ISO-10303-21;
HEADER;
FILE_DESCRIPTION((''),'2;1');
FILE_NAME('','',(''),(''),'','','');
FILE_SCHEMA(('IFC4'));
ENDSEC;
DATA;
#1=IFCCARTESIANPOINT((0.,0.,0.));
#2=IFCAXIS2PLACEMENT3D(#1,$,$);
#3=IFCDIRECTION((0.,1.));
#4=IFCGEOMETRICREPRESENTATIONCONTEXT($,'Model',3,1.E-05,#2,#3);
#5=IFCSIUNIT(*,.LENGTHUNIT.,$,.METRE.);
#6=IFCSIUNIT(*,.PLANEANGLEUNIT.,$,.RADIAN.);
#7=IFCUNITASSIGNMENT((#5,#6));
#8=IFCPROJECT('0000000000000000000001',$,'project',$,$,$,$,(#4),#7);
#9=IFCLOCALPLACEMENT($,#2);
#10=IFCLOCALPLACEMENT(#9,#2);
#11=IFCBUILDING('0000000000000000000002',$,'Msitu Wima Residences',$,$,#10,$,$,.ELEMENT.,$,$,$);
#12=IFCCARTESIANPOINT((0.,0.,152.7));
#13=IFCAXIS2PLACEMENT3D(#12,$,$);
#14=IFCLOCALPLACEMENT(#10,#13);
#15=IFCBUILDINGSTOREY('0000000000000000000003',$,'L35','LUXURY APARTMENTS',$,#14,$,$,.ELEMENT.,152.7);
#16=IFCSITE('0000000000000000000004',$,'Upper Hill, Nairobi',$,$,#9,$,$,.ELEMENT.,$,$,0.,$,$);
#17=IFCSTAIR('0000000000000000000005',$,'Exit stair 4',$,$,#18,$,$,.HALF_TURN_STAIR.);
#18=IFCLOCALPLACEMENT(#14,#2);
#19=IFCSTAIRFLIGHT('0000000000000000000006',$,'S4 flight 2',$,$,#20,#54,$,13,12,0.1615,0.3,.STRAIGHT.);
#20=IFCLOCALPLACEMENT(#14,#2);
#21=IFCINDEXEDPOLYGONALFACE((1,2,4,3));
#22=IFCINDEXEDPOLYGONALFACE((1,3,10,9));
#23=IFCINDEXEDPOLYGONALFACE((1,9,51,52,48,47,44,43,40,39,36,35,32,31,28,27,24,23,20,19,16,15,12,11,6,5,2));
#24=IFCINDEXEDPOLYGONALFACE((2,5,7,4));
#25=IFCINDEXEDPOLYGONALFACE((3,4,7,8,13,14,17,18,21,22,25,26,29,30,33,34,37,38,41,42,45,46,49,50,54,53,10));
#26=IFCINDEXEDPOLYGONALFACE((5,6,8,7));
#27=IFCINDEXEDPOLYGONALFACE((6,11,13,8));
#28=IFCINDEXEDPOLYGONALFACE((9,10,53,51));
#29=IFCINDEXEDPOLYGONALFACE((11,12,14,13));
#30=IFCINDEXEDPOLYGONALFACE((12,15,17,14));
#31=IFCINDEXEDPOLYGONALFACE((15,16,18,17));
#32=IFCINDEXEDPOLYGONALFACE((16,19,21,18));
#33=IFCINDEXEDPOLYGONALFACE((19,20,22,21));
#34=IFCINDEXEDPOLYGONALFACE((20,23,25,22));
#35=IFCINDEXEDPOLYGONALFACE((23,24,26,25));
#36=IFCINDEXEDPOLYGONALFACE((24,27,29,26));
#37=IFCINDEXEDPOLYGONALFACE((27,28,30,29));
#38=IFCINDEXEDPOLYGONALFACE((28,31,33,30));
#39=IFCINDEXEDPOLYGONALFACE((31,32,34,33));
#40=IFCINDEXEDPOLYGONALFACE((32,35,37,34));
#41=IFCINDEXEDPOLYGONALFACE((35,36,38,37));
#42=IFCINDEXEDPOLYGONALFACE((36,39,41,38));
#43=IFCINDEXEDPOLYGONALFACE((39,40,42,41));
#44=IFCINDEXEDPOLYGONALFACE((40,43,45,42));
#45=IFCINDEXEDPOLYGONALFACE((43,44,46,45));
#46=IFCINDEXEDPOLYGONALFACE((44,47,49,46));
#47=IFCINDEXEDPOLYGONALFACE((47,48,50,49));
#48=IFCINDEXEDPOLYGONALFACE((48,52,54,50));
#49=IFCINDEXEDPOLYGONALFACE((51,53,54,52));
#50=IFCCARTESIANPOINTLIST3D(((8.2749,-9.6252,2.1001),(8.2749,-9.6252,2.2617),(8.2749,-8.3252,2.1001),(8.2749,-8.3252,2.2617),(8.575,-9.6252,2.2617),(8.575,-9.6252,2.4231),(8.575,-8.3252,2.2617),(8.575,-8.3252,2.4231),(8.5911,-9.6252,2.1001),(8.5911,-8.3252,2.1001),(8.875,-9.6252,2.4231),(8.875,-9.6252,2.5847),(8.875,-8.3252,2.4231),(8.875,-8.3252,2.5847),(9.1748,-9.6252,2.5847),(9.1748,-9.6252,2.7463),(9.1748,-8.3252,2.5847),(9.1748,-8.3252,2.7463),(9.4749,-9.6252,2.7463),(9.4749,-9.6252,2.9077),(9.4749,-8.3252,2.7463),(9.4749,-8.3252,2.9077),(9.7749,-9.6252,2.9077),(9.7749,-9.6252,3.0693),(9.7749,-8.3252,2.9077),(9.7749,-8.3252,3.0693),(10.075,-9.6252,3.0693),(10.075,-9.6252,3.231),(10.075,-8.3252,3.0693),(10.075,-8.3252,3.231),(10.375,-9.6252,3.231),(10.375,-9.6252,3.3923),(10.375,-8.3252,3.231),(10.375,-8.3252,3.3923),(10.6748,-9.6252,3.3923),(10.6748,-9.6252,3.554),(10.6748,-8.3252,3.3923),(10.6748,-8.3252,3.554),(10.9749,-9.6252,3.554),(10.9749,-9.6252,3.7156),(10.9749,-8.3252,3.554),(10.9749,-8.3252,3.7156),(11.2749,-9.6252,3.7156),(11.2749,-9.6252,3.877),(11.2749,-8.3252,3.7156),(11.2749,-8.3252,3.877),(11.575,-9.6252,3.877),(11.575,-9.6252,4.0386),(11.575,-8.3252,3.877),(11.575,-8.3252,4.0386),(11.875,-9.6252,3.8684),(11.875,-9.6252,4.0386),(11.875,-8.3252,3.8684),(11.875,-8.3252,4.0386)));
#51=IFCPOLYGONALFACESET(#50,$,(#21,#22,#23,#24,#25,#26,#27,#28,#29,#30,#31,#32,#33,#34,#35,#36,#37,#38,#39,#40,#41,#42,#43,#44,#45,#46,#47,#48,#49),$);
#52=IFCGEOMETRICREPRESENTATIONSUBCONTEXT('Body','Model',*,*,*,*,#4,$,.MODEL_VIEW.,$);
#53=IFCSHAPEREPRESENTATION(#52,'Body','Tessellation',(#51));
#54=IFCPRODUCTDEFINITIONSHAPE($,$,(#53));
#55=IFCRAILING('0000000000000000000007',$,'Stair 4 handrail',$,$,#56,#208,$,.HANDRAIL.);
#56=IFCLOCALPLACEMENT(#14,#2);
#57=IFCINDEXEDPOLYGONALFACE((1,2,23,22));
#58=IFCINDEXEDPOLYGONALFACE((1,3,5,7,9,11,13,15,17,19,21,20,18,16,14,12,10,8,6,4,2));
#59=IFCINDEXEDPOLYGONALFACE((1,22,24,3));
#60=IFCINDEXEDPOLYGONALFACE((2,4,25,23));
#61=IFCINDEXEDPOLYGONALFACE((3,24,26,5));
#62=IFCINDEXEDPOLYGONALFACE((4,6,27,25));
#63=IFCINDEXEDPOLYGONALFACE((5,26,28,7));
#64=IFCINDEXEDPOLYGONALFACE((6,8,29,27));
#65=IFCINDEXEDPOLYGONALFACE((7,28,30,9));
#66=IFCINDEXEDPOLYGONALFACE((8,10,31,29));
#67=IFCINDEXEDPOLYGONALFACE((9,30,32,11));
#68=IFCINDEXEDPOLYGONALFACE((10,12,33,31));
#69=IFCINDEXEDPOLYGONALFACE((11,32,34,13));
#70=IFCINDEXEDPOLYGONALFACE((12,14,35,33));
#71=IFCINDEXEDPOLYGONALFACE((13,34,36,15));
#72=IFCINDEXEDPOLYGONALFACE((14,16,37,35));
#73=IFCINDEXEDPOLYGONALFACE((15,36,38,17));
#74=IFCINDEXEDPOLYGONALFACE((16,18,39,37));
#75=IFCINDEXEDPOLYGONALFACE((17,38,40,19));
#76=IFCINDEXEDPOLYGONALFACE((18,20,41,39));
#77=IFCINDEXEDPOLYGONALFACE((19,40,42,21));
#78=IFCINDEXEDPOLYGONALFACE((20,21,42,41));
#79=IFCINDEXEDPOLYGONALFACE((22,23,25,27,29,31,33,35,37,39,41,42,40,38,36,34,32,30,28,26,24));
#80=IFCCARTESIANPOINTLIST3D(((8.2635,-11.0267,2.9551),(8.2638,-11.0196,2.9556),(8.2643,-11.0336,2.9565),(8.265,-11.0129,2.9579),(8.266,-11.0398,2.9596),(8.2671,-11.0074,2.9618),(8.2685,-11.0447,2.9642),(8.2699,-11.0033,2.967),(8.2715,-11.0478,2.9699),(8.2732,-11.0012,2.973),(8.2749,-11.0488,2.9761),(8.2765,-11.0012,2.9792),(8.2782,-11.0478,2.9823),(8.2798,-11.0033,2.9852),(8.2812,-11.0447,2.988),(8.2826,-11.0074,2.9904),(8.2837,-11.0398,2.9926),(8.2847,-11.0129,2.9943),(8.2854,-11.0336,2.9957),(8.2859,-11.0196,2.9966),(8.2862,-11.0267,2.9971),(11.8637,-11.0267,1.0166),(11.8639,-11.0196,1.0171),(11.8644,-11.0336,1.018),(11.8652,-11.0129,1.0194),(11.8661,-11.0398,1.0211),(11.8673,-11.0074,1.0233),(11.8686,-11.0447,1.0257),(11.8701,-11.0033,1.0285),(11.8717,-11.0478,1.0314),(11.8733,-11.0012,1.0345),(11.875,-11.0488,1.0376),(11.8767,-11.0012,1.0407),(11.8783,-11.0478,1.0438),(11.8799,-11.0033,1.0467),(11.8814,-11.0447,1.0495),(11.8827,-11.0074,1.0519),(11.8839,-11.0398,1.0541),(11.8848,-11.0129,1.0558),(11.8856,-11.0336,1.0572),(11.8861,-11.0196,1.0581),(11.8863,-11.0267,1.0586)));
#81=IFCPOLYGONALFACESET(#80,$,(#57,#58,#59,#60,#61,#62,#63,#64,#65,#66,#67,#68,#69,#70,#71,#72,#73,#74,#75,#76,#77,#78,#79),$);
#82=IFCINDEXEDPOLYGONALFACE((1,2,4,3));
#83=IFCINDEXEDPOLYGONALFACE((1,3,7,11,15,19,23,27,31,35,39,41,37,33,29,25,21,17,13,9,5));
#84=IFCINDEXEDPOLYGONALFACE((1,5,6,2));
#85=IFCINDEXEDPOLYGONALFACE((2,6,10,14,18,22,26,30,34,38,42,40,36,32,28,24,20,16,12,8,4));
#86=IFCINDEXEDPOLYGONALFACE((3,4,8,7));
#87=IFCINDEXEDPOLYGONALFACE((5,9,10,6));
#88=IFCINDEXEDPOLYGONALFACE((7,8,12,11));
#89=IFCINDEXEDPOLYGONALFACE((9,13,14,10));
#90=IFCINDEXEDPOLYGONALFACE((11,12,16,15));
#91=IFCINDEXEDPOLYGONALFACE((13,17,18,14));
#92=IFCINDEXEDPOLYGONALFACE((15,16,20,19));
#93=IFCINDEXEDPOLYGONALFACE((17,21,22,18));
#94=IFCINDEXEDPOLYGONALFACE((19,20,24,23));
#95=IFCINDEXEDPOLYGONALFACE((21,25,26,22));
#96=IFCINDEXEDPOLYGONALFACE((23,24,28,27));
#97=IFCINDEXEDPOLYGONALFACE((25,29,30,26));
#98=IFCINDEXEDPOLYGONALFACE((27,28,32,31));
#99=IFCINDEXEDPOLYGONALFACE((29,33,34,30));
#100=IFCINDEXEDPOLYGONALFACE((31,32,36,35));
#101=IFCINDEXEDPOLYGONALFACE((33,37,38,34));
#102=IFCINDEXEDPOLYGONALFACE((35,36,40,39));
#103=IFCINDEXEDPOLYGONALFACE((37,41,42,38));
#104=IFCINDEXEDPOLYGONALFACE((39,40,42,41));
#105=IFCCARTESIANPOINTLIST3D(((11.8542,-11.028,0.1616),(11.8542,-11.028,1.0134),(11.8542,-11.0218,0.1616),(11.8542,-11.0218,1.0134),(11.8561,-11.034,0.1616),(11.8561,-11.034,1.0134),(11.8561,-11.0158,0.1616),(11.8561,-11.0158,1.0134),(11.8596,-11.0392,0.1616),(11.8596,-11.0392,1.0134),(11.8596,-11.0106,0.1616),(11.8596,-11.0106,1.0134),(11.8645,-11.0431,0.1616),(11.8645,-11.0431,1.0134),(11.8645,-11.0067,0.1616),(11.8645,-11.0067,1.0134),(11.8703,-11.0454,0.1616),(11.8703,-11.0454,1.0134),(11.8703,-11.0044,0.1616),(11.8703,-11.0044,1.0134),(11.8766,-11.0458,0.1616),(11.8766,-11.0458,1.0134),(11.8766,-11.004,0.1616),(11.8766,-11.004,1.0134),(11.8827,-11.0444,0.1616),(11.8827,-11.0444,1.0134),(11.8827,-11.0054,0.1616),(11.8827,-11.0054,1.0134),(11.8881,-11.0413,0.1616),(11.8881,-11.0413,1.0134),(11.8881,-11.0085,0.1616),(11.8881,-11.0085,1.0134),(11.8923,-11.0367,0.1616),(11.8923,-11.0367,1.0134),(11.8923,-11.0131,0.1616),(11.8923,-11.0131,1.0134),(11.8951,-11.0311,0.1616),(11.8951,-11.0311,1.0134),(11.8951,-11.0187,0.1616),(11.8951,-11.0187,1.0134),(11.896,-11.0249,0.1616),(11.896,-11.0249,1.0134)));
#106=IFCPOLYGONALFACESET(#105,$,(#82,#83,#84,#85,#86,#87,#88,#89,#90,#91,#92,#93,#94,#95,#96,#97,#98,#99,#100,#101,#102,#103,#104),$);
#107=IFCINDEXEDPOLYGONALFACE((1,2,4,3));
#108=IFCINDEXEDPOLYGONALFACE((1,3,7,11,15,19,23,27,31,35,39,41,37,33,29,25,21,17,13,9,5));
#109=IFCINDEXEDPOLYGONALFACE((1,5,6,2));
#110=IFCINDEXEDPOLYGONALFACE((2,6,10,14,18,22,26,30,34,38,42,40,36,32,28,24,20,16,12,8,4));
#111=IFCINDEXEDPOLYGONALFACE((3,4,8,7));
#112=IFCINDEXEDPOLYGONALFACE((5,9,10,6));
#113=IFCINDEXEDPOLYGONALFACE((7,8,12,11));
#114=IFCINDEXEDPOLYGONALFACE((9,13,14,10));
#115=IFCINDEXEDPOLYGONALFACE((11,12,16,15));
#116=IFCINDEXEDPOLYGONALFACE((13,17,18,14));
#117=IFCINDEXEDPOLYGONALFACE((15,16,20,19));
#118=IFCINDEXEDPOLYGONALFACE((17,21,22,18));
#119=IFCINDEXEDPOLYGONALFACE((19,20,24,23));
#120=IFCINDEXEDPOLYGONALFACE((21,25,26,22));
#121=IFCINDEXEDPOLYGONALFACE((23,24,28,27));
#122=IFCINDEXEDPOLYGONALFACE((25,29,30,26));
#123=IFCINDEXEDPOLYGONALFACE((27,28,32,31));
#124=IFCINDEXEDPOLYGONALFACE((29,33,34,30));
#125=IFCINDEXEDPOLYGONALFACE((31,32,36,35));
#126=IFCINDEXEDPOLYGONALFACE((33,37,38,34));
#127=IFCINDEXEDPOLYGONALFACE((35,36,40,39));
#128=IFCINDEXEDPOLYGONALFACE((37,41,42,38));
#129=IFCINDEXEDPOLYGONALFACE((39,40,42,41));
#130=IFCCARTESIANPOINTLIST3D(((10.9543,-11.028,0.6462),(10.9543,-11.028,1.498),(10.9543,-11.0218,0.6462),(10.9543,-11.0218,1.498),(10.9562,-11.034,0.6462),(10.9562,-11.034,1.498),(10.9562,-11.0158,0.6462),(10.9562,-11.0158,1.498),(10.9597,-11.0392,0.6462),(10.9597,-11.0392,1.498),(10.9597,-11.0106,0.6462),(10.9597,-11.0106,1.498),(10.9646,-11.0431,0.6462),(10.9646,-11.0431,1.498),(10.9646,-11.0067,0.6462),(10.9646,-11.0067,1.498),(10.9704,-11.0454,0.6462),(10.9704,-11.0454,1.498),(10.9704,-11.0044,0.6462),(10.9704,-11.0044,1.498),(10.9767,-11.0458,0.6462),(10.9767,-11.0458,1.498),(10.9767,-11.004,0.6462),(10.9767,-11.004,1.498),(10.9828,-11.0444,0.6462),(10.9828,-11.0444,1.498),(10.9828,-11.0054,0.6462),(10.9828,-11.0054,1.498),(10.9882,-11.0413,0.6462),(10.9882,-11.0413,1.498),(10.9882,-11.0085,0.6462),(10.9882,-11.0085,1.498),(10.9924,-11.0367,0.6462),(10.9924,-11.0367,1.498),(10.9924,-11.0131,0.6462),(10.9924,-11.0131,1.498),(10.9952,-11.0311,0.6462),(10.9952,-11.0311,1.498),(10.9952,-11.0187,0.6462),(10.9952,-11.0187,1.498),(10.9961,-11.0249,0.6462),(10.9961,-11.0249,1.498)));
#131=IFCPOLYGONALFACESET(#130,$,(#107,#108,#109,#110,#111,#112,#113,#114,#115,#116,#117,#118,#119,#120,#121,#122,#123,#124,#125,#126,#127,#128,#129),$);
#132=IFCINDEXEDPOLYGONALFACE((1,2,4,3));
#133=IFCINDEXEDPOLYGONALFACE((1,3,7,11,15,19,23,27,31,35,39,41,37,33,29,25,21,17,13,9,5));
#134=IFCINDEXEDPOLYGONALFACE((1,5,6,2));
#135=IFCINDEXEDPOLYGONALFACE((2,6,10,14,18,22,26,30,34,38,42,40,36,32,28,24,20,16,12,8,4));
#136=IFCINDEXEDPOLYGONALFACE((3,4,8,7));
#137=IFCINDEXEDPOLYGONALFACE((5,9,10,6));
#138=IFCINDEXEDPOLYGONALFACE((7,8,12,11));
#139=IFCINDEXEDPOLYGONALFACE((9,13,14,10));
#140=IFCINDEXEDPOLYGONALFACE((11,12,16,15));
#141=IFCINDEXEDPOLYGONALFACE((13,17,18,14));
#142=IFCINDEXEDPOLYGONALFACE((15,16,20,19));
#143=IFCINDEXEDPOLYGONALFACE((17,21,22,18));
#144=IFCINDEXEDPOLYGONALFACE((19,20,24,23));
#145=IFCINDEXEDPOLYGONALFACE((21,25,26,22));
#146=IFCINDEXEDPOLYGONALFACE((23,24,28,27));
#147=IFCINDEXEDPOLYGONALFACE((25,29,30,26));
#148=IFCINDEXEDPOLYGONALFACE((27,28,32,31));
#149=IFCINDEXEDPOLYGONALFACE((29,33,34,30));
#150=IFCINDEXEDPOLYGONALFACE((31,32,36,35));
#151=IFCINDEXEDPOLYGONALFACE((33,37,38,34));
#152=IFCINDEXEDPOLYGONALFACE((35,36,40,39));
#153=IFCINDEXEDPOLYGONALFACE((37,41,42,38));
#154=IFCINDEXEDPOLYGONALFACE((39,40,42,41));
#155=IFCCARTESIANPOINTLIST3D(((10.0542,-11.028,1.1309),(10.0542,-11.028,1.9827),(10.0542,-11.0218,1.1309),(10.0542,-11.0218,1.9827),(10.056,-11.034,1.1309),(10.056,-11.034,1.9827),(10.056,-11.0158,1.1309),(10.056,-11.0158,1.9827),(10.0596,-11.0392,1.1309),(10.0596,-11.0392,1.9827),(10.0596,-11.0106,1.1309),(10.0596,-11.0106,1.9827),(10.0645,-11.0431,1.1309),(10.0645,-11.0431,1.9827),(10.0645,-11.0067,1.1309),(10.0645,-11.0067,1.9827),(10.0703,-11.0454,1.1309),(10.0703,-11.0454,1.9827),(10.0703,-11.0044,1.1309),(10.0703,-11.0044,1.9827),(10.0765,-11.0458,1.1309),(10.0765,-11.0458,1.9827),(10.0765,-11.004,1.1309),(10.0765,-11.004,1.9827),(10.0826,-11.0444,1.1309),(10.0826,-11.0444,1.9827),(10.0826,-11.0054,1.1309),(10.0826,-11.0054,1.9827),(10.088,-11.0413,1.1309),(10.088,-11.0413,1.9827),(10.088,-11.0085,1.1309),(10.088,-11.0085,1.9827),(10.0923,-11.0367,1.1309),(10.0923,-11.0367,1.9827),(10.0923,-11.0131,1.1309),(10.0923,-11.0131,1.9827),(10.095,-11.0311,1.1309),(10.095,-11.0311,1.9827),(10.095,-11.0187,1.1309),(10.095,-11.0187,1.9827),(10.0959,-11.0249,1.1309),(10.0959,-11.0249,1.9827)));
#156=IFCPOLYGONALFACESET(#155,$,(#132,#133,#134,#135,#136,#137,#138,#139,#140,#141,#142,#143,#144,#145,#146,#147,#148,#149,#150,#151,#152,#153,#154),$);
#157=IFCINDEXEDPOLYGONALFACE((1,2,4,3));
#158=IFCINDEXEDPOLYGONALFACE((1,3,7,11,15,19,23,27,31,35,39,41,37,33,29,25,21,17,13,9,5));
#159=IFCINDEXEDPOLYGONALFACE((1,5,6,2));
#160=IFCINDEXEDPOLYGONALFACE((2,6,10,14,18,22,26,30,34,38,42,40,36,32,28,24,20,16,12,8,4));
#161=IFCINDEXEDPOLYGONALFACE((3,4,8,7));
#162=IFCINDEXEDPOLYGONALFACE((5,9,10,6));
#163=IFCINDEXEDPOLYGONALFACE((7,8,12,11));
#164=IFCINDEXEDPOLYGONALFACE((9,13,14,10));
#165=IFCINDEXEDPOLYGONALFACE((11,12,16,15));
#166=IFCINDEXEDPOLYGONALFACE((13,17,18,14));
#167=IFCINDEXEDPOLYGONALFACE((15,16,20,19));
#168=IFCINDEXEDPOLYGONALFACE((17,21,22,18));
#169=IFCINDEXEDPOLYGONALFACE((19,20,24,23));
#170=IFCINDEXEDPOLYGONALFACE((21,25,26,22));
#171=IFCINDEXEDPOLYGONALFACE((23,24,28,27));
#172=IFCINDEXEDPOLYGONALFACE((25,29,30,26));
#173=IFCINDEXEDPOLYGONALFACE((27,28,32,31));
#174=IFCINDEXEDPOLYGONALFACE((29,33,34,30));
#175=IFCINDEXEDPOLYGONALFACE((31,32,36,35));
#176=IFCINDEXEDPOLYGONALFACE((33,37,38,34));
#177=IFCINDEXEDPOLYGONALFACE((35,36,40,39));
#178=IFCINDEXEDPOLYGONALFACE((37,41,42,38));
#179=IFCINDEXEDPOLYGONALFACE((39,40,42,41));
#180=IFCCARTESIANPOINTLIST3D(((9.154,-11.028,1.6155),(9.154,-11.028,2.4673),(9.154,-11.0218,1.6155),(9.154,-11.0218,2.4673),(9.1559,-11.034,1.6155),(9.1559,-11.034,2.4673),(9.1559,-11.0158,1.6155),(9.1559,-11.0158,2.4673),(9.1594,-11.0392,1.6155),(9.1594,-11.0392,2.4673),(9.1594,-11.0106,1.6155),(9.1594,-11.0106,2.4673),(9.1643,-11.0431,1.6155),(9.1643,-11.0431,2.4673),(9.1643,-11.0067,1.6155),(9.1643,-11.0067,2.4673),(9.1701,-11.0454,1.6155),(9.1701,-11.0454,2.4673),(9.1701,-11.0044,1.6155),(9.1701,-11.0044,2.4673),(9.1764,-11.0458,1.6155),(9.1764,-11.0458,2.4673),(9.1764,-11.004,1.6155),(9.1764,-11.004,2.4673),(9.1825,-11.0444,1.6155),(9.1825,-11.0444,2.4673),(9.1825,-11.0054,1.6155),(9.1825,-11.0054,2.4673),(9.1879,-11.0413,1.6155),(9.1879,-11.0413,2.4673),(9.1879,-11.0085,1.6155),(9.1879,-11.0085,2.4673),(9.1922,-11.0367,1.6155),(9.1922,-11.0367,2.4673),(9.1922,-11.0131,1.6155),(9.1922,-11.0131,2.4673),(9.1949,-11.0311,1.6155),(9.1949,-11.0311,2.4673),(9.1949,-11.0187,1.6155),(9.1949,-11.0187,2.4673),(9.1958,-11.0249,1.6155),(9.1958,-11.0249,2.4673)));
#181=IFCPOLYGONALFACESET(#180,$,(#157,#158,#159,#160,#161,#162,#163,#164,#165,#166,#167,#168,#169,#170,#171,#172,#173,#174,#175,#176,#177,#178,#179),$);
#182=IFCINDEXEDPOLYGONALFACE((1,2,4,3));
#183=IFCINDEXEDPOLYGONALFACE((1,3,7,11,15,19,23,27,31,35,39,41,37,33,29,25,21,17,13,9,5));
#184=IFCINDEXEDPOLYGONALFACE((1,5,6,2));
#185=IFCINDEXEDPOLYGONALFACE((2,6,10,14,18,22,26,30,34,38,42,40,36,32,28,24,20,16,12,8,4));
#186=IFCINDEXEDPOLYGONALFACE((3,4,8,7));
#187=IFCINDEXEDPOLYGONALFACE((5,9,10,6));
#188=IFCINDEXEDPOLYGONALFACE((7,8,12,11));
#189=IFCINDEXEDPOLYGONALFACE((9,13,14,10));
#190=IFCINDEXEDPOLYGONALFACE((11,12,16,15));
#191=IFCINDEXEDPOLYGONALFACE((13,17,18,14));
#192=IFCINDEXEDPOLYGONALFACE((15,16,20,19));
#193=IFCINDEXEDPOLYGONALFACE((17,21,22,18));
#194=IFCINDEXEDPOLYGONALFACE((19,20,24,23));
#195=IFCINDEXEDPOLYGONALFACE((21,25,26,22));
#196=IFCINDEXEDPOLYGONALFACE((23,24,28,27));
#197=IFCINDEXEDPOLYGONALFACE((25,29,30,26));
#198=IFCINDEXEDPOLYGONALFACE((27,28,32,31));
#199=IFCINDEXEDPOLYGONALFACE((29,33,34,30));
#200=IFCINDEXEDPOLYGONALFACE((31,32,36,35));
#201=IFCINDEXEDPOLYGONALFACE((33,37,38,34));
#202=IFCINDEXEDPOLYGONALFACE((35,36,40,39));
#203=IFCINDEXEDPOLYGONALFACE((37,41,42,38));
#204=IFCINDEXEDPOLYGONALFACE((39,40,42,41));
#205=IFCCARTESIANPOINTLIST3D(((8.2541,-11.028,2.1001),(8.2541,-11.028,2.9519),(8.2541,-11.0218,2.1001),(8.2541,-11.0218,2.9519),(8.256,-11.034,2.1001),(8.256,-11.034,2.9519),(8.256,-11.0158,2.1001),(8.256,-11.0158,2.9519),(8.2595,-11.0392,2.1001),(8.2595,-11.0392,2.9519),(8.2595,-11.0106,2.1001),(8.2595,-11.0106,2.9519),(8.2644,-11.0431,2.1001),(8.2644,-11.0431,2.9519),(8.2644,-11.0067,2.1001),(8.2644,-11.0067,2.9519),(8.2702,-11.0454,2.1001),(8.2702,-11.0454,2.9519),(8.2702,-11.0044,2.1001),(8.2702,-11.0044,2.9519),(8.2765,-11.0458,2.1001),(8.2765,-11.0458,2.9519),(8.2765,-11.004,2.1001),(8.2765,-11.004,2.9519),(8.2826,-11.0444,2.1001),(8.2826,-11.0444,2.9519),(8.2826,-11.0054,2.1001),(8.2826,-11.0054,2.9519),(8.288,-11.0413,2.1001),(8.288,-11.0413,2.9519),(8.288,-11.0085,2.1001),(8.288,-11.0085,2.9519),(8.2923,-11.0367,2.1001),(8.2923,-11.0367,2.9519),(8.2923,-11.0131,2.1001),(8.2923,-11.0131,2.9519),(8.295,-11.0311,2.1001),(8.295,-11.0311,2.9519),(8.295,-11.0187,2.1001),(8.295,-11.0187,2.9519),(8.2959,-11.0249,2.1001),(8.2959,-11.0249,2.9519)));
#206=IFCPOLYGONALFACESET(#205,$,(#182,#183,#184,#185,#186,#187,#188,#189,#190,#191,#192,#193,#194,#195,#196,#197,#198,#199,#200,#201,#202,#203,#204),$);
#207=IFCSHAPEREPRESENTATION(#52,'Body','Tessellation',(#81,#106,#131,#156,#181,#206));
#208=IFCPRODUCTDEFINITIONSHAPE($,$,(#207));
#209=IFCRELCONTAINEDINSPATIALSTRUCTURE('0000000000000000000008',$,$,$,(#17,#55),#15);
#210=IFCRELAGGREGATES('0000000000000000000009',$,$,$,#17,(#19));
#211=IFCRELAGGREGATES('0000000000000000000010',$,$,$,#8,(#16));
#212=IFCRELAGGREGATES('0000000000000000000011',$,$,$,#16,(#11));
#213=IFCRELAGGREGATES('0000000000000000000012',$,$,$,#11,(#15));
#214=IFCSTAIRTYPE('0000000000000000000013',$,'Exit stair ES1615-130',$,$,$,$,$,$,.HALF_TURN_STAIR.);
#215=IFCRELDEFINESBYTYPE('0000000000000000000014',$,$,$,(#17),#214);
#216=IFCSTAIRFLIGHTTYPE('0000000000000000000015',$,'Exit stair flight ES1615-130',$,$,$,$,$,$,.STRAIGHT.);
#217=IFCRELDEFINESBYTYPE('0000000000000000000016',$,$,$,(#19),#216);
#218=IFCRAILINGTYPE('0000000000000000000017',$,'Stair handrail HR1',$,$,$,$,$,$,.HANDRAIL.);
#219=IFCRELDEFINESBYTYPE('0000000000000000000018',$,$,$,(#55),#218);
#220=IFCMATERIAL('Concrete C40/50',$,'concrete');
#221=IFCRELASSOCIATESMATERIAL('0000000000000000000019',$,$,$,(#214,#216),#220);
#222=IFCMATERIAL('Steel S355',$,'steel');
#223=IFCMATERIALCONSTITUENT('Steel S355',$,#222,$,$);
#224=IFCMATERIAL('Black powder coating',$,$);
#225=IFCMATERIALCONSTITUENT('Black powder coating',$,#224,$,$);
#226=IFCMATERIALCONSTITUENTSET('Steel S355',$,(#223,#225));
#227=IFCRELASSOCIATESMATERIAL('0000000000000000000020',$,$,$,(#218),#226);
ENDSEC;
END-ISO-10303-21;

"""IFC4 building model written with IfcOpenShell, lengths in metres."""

from ifc_helpers import new_model, si_unit, direction, frame, origin, origin_2d, place, context, subcontext, project, spatial, polyline, circle, outline, extrude, material, constituent, constituent_set, type_object, element, aggregate, save


model = new_model("IFC4")

# Units and contexts
model_context = context("Model", 3, precision=1e-05, world=origin(), true_north=direction((0.0, 1.0)))
body_context = subcontext(model_context, "Body", "Model", "MODEL_VIEW")
ifc_project = project(units=[si_unit("LENGTHUNIT", "METRE"), si_unit("PLANEANGLEUNIT", "RADIAN")], contexts=[model_context])

# Site, building, storey
site_placement = place(None, origin())
site = spatial("IfcSite", under=ifc_project, at=site_placement, Name="Upper Hill, Nairobi", CompositionType="ELEMENT", RefElevation=0.0)
building_placement = place(site_placement, origin())
building = spatial("IfcBuilding", under=site, at=building_placement, Name="Msitu Wima Residences", CompositionType="ELEMENT")
storey_placement = place(building_placement, frame((0.0, 0.0, 152.7)))
storey = spatial("IfcBuildingStorey", under=building, at=storey_placement, Name="L35", Description="LUXURY APARTMENTS", CompositionType="ELEMENT", Elevation=152.7)

# Shared definitions
ifc_material_1 = material(Name="Concrete C40/50", Category="concrete")

# Stair, stair flight
stair_type = type_object("IfcStairType", Name="Exit stair ES1615-130", PredefinedType="HALF_TURN_STAIR", material=ifc_material_1)
stair_placement = place(storey_placement, origin())
stair = element("IfcStair", 1, at=stair_placement, inside=storey, type_object=stair_type, Name="Exit stair 4", PredefinedType="HALF_TURN_STAIR")
stair_flight_type = type_object("IfcStairFlightType", Name="Exit stair flight ES1615-130", PredefinedType="STRAIGHT", material=ifc_material_1)
stair_flight_1_placement = place(storey_placement, frame((8.2749, -8.9751, 2.1001), z_axis=(0.0, 0.0, 1.0), x_axis=(1.0, 0.0, 0.0)))
stair_flight_1 = element("IfcStairFlight", 2, at=stair_flight_1_placement, type_object=stair_flight_type, Name="S4 flight 2", NumberOfRisers=13, NumberOfTreads=12, PredefinedType="STRAIGHT", RiserHeight=0.1615, TreadLength=0.3, context=body_context, shape_type="SweptSolid", body=[
    extrude(outline(polyline([(0.0, 0.0), (0.0, 0.1616), (0.3, 0.1616), (0.3, 0.323), (0.6001, 0.323), (0.6001, 0.4846), (0.8999, 0.4846), (0.8999, 0.6462), (1.2, 0.6462), (1.2, 0.8076), (1.5, 0.8076), (1.5, 0.9692), (1.8, 0.9692), (1.8, 1.1309), (2.1001, 1.1309), (2.1001, 1.2922), (2.3999, 1.2922), (2.3999, 1.4539), (2.7, 1.4539), (2.7, 1.6155), (3.0, 1.6155), (3.0, 1.7769), (3.3, 1.7769), (3.3, 1.9385), (3.6001, 1.9385), (3.6001, 2.1001), (3.6001, 1.7683), (0.3162, 0.0), (0.0, 0.0)])), frame((0.0, 0.6499, 0.0), z_axis=(0.0, -1.0, 0.0), x_axis=(1.0, 0.0, 0.0)), (0.0, 0.0, 1.0), 1.3),
])
aggregate(stair, [stair_flight_1])

# Railing
ifc_material_2 = material(Name="Steel S355", Category="steel")
ifc_constituent_1 = constituent(ifc_material_2, Name="Steel S355")
ifc_material_3 = material(Name="Black powder coating")
ifc_constituent_2 = constituent(ifc_material_3, Name="Black powder coating")
ifc_constituent_set = constituent_set(constituents=[ifc_constituent_1, ifc_constituent_2], Name="Steel S355")
railing_type = type_object("IfcRailingType", Name="Stair handrail HR1", PredefinedType="HANDRAIL", material=ifc_constituent_set)
for number, where, name in (
    (3, (11.875, -11.0249, 0.1616), "Stair 4 handrail"),
):
    element("IfcRailing", number, at=place(storey_placement, frame(where)), inside=storey, type_object=railing_type, Name=name, PredefinedType="HANDRAIL", context=body_context, shape_type="SweptSolid", body=[
        extrude(circle(Radius=0.0239, at=origin_2d()), frame((0.0, 0.0, 0.876), z_axis=(-0.880475, 0.0, 0.474093), x_axis=(0.0, -1.0, 0.0)), (0.0, 0.0, 1.0), 4.0889),
        extrude(circle(Radius=0.021, at=origin_2d()), origin(), (0.0, 0.0, 1.0), 0.8518),
        extrude(circle(Radius=0.021, at=origin_2d()), frame((-0.8999, 0.0, 0.4846)), (0.0, 0.0, 1.0), 0.8518),
        extrude(circle(Radius=0.021, at=origin_2d()), frame((-1.8, 0.0, 0.9692)), (0.0, 0.0, 1.0), 0.8518),
        extrude(circle(Radius=0.021, at=origin_2d()), frame((-2.7002, 0.0, 1.4539)), (0.0, 0.0, 1.0), 0.8518),
        extrude(circle(Radius=0.021, at=origin_2d()), frame((-3.6001, 0.0, 1.9385)), (0.0, 0.0, 1.0), 0.8518),
    ])

save(model, "model.ifc")
